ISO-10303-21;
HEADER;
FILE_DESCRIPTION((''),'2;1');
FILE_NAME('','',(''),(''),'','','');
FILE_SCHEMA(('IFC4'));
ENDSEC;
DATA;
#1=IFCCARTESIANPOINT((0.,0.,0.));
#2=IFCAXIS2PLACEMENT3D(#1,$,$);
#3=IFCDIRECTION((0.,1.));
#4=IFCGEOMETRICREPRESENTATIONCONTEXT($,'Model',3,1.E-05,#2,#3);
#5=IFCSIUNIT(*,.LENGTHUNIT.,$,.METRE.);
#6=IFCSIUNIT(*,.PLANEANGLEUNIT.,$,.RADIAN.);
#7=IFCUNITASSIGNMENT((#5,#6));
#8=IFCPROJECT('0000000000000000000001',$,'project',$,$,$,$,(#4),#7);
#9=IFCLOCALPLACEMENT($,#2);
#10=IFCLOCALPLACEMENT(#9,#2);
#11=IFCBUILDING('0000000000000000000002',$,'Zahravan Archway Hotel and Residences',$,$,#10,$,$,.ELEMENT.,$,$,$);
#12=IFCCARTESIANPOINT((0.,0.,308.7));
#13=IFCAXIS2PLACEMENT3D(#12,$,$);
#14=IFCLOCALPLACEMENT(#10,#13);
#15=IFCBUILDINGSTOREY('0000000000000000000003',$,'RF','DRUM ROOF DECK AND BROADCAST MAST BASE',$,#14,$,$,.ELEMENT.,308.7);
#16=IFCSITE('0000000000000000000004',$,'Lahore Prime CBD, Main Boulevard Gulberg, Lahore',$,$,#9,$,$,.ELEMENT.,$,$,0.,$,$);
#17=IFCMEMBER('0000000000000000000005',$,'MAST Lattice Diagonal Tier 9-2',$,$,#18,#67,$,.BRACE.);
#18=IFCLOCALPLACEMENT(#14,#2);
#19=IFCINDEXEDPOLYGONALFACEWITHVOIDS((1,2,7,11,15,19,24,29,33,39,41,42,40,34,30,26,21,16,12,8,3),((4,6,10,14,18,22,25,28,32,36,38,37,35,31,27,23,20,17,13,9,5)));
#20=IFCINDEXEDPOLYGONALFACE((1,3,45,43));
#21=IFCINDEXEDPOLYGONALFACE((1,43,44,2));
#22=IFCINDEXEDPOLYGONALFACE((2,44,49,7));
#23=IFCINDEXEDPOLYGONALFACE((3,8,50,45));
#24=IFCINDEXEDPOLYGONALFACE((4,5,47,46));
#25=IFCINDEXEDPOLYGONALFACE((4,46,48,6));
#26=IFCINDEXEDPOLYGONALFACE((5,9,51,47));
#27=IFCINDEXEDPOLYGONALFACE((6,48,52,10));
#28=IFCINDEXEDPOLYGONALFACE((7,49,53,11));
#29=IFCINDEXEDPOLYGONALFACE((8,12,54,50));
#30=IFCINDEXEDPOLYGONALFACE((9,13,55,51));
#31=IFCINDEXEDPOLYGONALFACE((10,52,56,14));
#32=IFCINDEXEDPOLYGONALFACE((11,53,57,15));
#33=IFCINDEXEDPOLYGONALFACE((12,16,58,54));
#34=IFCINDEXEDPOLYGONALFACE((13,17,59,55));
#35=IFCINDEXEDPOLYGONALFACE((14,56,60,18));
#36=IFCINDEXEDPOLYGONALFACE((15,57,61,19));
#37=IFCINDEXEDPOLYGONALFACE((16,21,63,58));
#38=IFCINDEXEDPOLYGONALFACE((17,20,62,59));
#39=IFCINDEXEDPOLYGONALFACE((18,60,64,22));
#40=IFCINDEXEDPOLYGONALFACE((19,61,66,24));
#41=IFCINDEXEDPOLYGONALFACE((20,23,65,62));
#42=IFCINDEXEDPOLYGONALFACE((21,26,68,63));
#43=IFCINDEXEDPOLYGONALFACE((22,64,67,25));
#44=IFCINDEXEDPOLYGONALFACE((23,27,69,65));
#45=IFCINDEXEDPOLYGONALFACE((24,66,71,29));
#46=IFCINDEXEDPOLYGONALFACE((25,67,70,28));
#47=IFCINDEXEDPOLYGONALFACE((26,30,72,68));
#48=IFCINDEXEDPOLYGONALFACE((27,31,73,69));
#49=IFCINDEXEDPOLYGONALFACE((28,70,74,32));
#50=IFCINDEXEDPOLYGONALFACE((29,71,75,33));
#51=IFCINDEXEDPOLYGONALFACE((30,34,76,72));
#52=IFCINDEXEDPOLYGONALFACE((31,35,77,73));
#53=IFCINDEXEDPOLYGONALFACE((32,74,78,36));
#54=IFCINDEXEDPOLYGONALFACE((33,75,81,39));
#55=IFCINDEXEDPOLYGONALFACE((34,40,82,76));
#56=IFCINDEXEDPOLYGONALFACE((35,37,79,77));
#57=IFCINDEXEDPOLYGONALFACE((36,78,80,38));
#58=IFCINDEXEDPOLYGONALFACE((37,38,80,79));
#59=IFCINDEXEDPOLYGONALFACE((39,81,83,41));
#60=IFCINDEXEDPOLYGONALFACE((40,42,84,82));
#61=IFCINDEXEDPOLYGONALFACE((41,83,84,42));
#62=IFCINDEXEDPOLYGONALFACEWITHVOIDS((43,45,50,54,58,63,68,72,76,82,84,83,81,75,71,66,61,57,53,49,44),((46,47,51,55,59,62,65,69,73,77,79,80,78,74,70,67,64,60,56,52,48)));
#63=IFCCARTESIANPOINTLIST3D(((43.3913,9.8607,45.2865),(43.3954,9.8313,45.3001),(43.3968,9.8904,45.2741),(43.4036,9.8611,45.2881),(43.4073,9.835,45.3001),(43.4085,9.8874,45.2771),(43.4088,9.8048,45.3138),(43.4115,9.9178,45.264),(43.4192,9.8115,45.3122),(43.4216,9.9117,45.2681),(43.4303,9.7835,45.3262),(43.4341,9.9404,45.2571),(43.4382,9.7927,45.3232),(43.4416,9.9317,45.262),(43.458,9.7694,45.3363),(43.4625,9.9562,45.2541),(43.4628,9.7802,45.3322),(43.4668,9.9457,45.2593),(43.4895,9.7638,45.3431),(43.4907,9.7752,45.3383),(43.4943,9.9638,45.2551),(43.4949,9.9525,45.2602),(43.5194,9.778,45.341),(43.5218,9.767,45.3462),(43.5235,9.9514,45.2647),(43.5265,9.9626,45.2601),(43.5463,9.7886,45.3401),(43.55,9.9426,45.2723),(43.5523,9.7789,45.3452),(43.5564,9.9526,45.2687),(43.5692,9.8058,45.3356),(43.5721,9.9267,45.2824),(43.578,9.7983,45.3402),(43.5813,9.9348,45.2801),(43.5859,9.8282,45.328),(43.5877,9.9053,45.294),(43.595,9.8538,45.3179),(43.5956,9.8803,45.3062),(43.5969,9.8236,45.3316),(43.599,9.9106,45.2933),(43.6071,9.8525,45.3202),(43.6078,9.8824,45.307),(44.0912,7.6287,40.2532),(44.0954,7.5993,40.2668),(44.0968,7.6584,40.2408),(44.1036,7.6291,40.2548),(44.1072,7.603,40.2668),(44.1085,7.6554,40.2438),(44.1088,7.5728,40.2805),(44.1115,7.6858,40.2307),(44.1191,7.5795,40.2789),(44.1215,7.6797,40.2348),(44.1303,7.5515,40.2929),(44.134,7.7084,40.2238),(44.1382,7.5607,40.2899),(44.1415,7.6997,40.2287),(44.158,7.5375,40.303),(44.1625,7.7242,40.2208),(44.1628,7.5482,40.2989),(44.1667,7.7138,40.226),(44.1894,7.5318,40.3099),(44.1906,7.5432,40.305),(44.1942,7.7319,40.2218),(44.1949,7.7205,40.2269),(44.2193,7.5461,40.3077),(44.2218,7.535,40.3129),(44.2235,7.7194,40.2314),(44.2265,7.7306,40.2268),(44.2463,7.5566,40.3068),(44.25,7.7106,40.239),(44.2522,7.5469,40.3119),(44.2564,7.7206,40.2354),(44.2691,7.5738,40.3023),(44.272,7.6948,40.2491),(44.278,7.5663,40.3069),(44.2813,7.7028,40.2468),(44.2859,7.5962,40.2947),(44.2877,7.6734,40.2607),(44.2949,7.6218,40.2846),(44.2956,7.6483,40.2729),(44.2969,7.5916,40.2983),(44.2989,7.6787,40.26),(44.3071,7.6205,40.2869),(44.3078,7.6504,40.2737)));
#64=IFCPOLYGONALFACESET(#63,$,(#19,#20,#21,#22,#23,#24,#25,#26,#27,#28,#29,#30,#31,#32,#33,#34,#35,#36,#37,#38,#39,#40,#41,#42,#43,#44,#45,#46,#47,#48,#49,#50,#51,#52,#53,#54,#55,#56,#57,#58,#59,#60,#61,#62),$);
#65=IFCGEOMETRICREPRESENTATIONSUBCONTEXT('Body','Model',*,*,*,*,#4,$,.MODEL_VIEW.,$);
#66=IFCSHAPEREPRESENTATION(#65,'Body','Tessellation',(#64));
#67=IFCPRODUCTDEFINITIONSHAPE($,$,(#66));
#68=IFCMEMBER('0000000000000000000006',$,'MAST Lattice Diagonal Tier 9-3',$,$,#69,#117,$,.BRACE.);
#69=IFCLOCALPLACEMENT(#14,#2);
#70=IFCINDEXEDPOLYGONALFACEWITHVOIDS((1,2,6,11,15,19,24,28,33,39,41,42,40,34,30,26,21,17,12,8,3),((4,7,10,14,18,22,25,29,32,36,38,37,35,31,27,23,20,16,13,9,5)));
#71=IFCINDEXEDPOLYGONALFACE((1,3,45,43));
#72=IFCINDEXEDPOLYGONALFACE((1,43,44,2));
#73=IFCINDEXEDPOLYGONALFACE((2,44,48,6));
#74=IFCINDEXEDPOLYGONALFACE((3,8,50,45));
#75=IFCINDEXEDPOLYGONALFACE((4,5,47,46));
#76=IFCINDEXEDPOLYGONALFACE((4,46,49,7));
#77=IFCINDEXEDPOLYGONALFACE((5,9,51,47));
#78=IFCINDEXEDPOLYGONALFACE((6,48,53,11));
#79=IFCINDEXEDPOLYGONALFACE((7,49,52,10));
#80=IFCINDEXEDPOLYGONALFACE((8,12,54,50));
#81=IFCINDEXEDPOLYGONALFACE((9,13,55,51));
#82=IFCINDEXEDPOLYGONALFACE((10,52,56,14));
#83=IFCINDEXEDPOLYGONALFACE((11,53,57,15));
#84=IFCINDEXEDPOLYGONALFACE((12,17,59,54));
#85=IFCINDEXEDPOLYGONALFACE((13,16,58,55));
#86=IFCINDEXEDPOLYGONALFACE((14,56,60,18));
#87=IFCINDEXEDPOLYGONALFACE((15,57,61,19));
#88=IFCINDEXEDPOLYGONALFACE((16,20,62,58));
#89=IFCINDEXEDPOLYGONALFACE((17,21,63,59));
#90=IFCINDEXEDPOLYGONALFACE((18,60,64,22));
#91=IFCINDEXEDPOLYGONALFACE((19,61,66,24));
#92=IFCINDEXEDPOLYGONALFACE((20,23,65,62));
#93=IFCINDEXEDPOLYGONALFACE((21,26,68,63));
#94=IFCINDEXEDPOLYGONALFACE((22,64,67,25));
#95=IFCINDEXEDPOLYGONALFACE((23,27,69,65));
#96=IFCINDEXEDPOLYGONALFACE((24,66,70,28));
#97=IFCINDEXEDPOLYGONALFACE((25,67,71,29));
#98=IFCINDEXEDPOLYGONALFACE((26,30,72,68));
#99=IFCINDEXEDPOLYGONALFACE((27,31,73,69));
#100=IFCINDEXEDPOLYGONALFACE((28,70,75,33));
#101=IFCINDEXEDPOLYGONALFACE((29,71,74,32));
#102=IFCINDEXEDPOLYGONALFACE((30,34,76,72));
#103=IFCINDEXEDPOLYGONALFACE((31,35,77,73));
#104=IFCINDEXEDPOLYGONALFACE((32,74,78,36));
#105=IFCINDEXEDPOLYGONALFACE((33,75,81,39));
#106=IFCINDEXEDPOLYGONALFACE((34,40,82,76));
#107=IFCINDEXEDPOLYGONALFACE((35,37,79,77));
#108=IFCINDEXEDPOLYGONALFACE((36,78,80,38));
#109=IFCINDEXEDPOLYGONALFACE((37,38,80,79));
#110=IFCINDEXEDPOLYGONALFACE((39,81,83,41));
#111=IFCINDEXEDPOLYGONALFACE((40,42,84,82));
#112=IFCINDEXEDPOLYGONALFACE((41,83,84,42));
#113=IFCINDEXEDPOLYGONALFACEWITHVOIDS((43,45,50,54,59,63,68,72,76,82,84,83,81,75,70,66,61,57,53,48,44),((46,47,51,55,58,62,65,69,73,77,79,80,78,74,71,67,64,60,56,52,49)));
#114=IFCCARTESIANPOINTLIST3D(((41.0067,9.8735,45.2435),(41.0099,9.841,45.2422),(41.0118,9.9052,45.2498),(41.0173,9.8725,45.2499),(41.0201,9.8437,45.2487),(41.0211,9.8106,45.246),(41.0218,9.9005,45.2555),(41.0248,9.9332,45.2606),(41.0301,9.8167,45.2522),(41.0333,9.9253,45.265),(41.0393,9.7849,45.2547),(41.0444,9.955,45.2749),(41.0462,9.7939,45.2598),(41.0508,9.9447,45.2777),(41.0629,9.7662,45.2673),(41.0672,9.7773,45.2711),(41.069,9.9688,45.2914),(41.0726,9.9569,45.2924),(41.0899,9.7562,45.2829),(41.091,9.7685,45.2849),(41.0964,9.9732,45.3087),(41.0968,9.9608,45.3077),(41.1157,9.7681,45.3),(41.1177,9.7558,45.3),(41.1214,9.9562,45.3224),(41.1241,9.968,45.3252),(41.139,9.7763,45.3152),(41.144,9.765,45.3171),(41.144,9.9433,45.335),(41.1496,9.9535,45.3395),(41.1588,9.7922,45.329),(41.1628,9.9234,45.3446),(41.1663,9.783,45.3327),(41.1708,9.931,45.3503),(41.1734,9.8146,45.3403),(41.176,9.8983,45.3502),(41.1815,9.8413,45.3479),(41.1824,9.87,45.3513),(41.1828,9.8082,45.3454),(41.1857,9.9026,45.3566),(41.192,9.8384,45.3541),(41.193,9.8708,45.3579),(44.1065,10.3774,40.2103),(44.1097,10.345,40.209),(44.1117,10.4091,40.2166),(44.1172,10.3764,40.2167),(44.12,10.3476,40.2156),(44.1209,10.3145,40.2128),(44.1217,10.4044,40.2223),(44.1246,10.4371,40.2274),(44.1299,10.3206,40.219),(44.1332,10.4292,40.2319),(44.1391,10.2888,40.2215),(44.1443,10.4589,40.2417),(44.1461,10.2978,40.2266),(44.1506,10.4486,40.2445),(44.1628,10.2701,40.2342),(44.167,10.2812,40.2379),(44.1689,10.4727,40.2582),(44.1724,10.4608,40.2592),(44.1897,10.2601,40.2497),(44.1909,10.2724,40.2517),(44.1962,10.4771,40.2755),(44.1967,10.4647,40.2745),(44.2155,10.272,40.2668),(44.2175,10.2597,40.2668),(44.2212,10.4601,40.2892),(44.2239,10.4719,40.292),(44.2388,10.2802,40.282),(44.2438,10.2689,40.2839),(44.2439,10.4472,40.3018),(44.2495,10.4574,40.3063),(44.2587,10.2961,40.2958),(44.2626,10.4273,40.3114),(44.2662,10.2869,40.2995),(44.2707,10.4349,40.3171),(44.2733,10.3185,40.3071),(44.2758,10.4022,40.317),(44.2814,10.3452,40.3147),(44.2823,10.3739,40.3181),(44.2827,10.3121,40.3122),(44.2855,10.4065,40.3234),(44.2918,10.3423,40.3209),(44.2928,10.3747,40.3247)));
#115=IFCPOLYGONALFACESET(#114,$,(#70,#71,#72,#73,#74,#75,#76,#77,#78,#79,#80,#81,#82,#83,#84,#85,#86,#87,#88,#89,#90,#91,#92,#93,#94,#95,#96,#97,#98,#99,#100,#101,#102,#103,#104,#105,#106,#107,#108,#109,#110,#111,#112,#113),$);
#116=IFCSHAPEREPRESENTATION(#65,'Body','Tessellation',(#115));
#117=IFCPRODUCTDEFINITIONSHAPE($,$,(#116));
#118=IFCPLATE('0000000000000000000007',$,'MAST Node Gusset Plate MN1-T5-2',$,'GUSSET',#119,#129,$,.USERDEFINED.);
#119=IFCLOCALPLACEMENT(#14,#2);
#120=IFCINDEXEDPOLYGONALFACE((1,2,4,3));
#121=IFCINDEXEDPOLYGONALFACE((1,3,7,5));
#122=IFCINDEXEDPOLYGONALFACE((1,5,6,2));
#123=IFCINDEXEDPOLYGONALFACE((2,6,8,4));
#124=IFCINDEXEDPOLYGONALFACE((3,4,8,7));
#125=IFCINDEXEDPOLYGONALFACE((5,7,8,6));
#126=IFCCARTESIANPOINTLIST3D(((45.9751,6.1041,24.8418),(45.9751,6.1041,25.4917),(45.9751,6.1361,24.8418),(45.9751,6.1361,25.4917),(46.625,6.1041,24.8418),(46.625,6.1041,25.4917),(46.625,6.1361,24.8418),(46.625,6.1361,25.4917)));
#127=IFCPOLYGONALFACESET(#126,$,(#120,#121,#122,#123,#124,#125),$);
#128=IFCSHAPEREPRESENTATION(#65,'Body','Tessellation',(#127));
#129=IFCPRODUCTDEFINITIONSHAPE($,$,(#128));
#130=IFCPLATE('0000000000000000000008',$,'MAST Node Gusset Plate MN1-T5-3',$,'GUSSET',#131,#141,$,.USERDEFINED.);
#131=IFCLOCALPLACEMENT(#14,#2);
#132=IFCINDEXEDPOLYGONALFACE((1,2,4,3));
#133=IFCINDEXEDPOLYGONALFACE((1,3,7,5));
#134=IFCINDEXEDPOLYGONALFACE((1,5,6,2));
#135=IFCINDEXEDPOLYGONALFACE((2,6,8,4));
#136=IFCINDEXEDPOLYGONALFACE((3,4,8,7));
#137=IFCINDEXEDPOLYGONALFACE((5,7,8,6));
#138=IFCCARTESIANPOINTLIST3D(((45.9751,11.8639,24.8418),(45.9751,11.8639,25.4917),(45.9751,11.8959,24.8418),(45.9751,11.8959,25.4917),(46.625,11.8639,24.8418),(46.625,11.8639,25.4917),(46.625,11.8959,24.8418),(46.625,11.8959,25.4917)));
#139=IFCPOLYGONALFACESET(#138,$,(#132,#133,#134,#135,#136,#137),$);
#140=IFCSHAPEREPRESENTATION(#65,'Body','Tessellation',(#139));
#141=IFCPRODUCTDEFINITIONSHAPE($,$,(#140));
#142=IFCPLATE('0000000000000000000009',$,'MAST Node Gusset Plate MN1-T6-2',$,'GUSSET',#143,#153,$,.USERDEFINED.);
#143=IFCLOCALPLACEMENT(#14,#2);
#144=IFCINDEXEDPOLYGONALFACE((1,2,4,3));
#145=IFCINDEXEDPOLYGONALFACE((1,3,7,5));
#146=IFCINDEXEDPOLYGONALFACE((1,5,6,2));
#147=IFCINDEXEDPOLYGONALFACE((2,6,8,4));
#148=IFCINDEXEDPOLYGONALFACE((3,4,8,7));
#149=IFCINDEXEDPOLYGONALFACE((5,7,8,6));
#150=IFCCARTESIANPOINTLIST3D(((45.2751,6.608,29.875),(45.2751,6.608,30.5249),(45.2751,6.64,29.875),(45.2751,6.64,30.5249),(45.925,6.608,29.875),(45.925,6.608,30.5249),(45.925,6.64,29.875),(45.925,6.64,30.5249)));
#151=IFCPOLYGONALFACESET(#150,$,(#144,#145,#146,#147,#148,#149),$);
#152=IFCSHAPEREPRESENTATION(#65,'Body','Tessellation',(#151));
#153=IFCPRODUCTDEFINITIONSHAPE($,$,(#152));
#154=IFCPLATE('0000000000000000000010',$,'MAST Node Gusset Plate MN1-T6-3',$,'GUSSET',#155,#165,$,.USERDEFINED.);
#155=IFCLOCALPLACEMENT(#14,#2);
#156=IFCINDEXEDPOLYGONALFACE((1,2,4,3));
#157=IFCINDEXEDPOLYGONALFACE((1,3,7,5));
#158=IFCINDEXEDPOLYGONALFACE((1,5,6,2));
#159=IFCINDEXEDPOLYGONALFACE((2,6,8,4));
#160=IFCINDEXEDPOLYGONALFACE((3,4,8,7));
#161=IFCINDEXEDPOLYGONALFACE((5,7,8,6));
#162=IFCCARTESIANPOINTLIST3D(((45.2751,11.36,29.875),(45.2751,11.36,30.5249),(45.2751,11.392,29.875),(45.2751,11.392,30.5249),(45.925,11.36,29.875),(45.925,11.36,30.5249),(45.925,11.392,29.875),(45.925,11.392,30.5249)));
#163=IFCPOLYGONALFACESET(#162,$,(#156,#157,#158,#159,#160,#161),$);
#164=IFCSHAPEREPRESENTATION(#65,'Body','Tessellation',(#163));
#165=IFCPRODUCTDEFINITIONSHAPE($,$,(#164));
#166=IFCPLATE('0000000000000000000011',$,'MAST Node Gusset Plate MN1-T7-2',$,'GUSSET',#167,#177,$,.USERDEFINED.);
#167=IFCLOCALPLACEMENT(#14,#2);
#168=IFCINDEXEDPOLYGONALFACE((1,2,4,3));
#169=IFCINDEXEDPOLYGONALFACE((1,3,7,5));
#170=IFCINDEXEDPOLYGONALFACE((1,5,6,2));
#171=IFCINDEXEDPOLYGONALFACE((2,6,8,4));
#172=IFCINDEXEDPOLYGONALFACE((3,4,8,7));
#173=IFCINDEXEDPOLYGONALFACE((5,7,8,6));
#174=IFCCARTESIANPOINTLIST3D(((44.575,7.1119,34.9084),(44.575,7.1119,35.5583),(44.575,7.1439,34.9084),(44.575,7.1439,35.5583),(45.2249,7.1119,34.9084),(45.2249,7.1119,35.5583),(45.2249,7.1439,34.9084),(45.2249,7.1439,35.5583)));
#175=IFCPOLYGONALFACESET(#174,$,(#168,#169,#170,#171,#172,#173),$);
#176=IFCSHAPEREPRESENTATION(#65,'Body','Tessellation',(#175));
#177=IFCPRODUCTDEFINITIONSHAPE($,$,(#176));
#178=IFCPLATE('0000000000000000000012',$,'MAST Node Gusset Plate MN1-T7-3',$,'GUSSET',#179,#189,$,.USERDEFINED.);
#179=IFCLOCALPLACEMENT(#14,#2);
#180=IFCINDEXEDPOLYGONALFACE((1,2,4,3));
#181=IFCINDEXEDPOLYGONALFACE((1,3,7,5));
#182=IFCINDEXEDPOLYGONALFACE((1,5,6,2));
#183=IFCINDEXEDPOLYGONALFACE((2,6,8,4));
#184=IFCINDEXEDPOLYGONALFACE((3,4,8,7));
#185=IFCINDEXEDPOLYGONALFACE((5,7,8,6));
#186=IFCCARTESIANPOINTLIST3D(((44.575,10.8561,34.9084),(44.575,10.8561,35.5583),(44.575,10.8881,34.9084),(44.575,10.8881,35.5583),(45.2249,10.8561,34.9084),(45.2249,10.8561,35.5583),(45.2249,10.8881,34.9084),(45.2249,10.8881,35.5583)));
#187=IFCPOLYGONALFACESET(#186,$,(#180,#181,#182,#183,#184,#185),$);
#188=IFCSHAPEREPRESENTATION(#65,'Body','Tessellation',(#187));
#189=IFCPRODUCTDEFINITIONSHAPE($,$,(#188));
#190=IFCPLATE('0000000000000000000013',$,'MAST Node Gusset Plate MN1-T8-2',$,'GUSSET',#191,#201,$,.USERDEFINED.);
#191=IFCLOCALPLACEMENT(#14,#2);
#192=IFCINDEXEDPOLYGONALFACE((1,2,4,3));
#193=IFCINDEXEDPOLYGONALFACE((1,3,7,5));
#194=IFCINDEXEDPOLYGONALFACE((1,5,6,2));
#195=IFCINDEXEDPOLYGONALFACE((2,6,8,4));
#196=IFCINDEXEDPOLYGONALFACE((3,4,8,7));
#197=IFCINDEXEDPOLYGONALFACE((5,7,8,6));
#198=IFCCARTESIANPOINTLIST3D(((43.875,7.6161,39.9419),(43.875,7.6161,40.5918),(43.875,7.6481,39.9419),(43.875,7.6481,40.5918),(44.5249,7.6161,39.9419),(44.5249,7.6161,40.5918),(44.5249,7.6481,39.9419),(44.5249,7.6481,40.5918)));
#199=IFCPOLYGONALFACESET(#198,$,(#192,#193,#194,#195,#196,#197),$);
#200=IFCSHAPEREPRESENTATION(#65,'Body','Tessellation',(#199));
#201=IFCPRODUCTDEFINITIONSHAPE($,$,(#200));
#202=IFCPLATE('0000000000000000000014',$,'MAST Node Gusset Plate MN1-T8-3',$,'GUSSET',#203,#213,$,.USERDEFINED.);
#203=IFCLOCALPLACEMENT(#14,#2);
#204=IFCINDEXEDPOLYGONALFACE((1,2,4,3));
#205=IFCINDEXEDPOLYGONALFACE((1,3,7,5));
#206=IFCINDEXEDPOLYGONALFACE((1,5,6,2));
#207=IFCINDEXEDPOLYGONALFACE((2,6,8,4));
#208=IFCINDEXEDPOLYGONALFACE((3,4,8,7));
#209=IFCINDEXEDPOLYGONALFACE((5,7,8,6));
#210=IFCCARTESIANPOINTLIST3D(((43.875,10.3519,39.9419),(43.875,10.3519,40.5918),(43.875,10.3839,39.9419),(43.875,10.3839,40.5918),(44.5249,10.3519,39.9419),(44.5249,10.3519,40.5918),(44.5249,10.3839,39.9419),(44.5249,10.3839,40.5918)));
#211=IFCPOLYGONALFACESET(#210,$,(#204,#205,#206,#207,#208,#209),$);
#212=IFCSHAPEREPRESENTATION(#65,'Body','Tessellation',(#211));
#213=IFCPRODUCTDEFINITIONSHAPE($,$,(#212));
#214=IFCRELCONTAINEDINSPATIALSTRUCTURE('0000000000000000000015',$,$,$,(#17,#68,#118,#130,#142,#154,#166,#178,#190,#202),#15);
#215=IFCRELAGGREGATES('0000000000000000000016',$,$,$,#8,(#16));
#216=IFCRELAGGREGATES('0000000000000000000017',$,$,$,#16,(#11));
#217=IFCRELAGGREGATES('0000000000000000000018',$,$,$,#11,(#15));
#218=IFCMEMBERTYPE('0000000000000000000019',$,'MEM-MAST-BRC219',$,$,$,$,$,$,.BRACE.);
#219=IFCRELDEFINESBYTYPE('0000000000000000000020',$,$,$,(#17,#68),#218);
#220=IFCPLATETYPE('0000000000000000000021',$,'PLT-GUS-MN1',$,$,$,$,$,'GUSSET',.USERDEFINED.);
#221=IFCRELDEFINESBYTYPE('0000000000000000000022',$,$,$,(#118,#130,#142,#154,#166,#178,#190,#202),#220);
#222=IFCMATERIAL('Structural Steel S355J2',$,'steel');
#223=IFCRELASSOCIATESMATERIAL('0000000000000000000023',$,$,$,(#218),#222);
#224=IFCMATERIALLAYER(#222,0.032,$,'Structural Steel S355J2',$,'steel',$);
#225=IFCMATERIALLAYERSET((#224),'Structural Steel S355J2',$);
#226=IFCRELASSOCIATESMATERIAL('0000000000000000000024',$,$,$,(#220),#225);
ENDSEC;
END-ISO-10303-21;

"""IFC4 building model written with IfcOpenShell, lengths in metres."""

from ifc_helpers import new_model, si_unit, direction, frame, origin, origin_2d, place, context, subcontext, project, spatial, rectangle, hollow_circle, extrude, source, transform, mapped, material, layer, layer_set, material_profile, profile_set, type_object, type_shapes, element, save


model = new_model("IFC4")

# Units and contexts
model_context = context("Model", 3, precision=1e-05, world=origin(), true_north=direction((0.0, 1.0)))
body_context = subcontext(model_context, "Body", "Model", "MODEL_VIEW")
ifc_project = project(units=[si_unit("LENGTHUNIT", "METRE"), si_unit("PLANEANGLEUNIT", "RADIAN")], contexts=[model_context])

# Site, building, storey
site_placement = place(None, origin())
site = spatial("IfcSite", under=ifc_project, at=site_placement, Name="Lahore Prime CBD, Main Boulevard Gulberg, Lahore", CompositionType="ELEMENT", RefElevation=0.0)
building_placement = place(site_placement, origin())
building = spatial("IfcBuilding", under=site, at=building_placement, Name="Zahravan Archway Hotel and Residences", CompositionType="ELEMENT")
storey_placement = place(building_placement, frame((0.0, 0.0, 308.7)))
storey = spatial("IfcBuildingStorey", under=building, at=storey_placement, Name="RF", Description="DRUM ROOF DECK AND BROADCAST MAST BASE", CompositionType="ELEMENT", Elevation=308.7)

# Members
ifc_material_1 = material(Name="Structural Steel S355J2", Category="steel")
ifc_material_profile_1 = material_profile(ifc_material_1, hollow_circle(Radius=0.1096, WallThickness=0.0125, at=origin_2d()), Name="CHS 219.1x12.5", Category="steel")
ifc_profile_set_1 = profile_set([ifc_material_profile_1], Name="Structural Steel S355J2")
member_type_1 = type_object("IfcMemberType", Name="MEM-MAST-BRC219", PredefinedType="BRACE", material=ifc_profile_set_1)
shared_shape_1 = source(origin(), body_context, "Body", "SweptSolid", [
    extrude(hollow_circle(Radius=0.1096, WallThickness=0.0125, at=origin_2d()), origin(), (0.0, 0.0, 1.0), 5.5503),
])
member_1_placement = place(storey_placement, frame((44.2, 7.6321, 40.2668), z_axis=(-0.126113, 0.402137, 0.906853), x_axis=(-0.954179, -0.299238, 0.0)))
element("IfcMember", 1, at=member_1_placement, inside=storey, type_object=member_type_1, Name="MAST Lattice Diagonal Tier 9-2", PredefinedType="BRACE", context=body_context, shape_type="MappedRepresentation", body=[
    mapped(shared_shape_1, transform((0.0, 0.0, 0.0), scale=1.0)),
])
shared_shape_2 = source(origin(), body_context, "Body", "SweptSolid", [
    extrude(hollow_circle(Radius=0.1096, WallThickness=0.0125, at=origin_2d()), origin(), (0.0, 0.0, 1.0), 5.9326),
])
member_2_placement = place(storey_placement, frame((44.2, 10.3679, 40.2668), z_axis=(-0.522509, -0.084938, 0.848393), x_axis=(0.160452, -0.987044, 0.0)))
element("IfcMember", 2, at=member_2_placement, inside=storey, type_object=member_type_1, Name="MAST Lattice Diagonal Tier 9-3", PredefinedType="BRACE", context=body_context, shape_type="MappedRepresentation", body=[
    mapped(shared_shape_2, transform((0.0, 0.0, 0.0), scale=1.0)),
])

# Plates
ifc_layer_1 = layer(ifc_material_1, 0.032, Name="Structural Steel S355J2", Category="steel")
ifc_layer_set_1 = layer_set([ifc_layer_1], Name="Structural Steel S355J2")
plate_type_1 = type_object("IfcPlateType", Name="PLT-GUS-MN1", ElementType="GUSSET", PredefinedType="USERDEFINED", material=ifc_layer_set_1)
shared_shape_3 = source(origin(), body_context, "Body", "SweptSolid", [
    extrude(rectangle(XDim=0.6499, YDim=0.032, at=origin_2d()), origin(), (0.0, 0.0, 1.0), 0.6499),
])
type_shapes(plate_type_1, [shared_shape_3])
for number, where, z_axis, x_axis, name in (
    (3, (46.3, 6.1201, 24.8418), (0.0, 0.0, 1.0), (1.0, 0.0, 0.0), "MAST Node Gusset Plate MN1-T5-2"),
    (4, (46.3, 11.8799, 24.8418), (0.0, 0.0, 1.0), (1.0, 0.0, 0.0), "MAST Node Gusset Plate MN1-T5-3"),
    (5, (45.6001, 6.624, 29.875), (0.0, 0.0, 1.0), (1.0, 0.0, 0.0), "MAST Node Gusset Plate MN1-T6-2"),
    (6, (45.6001, 11.376, 29.875), (0.0, 0.0, 1.0), (1.0, 0.0, 0.0), "MAST Node Gusset Plate MN1-T6-3"),
    (7, (44.8999, 7.1279, 34.9084), (0.0, 0.0, 1.0), (1.0, 0.0, 0.0), "MAST Node Gusset Plate MN1-T7-2"),
    (8, (44.8999, 10.8721, 34.9084), (0.0, 0.0, 1.0), (1.0, 0.0, 0.0), "MAST Node Gusset Plate MN1-T7-3"),
    (9, (44.2, 7.6321, 39.9419), (0.0, 0.0, 1.0), (1.0, 0.0, 0.0), "MAST Node Gusset Plate MN1-T8-2"),
    (10, (44.2, 10.3679, 39.9419), (0.0, 0.0, 1.0), (1.0, 0.0, 0.0), "MAST Node Gusset Plate MN1-T8-3"),
):
    element("IfcPlate", number, at=place(storey_placement, frame(where, z_axis=z_axis, x_axis=x_axis)), inside=storey, type_object=plate_type_1, Name=name, ObjectType="GUSSET", PredefinedType="USERDEFINED", context=body_context, shape_type="MappedRepresentation", body=[
        mapped(shared_shape_3, transform((0.0, 0.0, 0.0), scale=1.0)),
    ])

save(model, "model.ifc")
